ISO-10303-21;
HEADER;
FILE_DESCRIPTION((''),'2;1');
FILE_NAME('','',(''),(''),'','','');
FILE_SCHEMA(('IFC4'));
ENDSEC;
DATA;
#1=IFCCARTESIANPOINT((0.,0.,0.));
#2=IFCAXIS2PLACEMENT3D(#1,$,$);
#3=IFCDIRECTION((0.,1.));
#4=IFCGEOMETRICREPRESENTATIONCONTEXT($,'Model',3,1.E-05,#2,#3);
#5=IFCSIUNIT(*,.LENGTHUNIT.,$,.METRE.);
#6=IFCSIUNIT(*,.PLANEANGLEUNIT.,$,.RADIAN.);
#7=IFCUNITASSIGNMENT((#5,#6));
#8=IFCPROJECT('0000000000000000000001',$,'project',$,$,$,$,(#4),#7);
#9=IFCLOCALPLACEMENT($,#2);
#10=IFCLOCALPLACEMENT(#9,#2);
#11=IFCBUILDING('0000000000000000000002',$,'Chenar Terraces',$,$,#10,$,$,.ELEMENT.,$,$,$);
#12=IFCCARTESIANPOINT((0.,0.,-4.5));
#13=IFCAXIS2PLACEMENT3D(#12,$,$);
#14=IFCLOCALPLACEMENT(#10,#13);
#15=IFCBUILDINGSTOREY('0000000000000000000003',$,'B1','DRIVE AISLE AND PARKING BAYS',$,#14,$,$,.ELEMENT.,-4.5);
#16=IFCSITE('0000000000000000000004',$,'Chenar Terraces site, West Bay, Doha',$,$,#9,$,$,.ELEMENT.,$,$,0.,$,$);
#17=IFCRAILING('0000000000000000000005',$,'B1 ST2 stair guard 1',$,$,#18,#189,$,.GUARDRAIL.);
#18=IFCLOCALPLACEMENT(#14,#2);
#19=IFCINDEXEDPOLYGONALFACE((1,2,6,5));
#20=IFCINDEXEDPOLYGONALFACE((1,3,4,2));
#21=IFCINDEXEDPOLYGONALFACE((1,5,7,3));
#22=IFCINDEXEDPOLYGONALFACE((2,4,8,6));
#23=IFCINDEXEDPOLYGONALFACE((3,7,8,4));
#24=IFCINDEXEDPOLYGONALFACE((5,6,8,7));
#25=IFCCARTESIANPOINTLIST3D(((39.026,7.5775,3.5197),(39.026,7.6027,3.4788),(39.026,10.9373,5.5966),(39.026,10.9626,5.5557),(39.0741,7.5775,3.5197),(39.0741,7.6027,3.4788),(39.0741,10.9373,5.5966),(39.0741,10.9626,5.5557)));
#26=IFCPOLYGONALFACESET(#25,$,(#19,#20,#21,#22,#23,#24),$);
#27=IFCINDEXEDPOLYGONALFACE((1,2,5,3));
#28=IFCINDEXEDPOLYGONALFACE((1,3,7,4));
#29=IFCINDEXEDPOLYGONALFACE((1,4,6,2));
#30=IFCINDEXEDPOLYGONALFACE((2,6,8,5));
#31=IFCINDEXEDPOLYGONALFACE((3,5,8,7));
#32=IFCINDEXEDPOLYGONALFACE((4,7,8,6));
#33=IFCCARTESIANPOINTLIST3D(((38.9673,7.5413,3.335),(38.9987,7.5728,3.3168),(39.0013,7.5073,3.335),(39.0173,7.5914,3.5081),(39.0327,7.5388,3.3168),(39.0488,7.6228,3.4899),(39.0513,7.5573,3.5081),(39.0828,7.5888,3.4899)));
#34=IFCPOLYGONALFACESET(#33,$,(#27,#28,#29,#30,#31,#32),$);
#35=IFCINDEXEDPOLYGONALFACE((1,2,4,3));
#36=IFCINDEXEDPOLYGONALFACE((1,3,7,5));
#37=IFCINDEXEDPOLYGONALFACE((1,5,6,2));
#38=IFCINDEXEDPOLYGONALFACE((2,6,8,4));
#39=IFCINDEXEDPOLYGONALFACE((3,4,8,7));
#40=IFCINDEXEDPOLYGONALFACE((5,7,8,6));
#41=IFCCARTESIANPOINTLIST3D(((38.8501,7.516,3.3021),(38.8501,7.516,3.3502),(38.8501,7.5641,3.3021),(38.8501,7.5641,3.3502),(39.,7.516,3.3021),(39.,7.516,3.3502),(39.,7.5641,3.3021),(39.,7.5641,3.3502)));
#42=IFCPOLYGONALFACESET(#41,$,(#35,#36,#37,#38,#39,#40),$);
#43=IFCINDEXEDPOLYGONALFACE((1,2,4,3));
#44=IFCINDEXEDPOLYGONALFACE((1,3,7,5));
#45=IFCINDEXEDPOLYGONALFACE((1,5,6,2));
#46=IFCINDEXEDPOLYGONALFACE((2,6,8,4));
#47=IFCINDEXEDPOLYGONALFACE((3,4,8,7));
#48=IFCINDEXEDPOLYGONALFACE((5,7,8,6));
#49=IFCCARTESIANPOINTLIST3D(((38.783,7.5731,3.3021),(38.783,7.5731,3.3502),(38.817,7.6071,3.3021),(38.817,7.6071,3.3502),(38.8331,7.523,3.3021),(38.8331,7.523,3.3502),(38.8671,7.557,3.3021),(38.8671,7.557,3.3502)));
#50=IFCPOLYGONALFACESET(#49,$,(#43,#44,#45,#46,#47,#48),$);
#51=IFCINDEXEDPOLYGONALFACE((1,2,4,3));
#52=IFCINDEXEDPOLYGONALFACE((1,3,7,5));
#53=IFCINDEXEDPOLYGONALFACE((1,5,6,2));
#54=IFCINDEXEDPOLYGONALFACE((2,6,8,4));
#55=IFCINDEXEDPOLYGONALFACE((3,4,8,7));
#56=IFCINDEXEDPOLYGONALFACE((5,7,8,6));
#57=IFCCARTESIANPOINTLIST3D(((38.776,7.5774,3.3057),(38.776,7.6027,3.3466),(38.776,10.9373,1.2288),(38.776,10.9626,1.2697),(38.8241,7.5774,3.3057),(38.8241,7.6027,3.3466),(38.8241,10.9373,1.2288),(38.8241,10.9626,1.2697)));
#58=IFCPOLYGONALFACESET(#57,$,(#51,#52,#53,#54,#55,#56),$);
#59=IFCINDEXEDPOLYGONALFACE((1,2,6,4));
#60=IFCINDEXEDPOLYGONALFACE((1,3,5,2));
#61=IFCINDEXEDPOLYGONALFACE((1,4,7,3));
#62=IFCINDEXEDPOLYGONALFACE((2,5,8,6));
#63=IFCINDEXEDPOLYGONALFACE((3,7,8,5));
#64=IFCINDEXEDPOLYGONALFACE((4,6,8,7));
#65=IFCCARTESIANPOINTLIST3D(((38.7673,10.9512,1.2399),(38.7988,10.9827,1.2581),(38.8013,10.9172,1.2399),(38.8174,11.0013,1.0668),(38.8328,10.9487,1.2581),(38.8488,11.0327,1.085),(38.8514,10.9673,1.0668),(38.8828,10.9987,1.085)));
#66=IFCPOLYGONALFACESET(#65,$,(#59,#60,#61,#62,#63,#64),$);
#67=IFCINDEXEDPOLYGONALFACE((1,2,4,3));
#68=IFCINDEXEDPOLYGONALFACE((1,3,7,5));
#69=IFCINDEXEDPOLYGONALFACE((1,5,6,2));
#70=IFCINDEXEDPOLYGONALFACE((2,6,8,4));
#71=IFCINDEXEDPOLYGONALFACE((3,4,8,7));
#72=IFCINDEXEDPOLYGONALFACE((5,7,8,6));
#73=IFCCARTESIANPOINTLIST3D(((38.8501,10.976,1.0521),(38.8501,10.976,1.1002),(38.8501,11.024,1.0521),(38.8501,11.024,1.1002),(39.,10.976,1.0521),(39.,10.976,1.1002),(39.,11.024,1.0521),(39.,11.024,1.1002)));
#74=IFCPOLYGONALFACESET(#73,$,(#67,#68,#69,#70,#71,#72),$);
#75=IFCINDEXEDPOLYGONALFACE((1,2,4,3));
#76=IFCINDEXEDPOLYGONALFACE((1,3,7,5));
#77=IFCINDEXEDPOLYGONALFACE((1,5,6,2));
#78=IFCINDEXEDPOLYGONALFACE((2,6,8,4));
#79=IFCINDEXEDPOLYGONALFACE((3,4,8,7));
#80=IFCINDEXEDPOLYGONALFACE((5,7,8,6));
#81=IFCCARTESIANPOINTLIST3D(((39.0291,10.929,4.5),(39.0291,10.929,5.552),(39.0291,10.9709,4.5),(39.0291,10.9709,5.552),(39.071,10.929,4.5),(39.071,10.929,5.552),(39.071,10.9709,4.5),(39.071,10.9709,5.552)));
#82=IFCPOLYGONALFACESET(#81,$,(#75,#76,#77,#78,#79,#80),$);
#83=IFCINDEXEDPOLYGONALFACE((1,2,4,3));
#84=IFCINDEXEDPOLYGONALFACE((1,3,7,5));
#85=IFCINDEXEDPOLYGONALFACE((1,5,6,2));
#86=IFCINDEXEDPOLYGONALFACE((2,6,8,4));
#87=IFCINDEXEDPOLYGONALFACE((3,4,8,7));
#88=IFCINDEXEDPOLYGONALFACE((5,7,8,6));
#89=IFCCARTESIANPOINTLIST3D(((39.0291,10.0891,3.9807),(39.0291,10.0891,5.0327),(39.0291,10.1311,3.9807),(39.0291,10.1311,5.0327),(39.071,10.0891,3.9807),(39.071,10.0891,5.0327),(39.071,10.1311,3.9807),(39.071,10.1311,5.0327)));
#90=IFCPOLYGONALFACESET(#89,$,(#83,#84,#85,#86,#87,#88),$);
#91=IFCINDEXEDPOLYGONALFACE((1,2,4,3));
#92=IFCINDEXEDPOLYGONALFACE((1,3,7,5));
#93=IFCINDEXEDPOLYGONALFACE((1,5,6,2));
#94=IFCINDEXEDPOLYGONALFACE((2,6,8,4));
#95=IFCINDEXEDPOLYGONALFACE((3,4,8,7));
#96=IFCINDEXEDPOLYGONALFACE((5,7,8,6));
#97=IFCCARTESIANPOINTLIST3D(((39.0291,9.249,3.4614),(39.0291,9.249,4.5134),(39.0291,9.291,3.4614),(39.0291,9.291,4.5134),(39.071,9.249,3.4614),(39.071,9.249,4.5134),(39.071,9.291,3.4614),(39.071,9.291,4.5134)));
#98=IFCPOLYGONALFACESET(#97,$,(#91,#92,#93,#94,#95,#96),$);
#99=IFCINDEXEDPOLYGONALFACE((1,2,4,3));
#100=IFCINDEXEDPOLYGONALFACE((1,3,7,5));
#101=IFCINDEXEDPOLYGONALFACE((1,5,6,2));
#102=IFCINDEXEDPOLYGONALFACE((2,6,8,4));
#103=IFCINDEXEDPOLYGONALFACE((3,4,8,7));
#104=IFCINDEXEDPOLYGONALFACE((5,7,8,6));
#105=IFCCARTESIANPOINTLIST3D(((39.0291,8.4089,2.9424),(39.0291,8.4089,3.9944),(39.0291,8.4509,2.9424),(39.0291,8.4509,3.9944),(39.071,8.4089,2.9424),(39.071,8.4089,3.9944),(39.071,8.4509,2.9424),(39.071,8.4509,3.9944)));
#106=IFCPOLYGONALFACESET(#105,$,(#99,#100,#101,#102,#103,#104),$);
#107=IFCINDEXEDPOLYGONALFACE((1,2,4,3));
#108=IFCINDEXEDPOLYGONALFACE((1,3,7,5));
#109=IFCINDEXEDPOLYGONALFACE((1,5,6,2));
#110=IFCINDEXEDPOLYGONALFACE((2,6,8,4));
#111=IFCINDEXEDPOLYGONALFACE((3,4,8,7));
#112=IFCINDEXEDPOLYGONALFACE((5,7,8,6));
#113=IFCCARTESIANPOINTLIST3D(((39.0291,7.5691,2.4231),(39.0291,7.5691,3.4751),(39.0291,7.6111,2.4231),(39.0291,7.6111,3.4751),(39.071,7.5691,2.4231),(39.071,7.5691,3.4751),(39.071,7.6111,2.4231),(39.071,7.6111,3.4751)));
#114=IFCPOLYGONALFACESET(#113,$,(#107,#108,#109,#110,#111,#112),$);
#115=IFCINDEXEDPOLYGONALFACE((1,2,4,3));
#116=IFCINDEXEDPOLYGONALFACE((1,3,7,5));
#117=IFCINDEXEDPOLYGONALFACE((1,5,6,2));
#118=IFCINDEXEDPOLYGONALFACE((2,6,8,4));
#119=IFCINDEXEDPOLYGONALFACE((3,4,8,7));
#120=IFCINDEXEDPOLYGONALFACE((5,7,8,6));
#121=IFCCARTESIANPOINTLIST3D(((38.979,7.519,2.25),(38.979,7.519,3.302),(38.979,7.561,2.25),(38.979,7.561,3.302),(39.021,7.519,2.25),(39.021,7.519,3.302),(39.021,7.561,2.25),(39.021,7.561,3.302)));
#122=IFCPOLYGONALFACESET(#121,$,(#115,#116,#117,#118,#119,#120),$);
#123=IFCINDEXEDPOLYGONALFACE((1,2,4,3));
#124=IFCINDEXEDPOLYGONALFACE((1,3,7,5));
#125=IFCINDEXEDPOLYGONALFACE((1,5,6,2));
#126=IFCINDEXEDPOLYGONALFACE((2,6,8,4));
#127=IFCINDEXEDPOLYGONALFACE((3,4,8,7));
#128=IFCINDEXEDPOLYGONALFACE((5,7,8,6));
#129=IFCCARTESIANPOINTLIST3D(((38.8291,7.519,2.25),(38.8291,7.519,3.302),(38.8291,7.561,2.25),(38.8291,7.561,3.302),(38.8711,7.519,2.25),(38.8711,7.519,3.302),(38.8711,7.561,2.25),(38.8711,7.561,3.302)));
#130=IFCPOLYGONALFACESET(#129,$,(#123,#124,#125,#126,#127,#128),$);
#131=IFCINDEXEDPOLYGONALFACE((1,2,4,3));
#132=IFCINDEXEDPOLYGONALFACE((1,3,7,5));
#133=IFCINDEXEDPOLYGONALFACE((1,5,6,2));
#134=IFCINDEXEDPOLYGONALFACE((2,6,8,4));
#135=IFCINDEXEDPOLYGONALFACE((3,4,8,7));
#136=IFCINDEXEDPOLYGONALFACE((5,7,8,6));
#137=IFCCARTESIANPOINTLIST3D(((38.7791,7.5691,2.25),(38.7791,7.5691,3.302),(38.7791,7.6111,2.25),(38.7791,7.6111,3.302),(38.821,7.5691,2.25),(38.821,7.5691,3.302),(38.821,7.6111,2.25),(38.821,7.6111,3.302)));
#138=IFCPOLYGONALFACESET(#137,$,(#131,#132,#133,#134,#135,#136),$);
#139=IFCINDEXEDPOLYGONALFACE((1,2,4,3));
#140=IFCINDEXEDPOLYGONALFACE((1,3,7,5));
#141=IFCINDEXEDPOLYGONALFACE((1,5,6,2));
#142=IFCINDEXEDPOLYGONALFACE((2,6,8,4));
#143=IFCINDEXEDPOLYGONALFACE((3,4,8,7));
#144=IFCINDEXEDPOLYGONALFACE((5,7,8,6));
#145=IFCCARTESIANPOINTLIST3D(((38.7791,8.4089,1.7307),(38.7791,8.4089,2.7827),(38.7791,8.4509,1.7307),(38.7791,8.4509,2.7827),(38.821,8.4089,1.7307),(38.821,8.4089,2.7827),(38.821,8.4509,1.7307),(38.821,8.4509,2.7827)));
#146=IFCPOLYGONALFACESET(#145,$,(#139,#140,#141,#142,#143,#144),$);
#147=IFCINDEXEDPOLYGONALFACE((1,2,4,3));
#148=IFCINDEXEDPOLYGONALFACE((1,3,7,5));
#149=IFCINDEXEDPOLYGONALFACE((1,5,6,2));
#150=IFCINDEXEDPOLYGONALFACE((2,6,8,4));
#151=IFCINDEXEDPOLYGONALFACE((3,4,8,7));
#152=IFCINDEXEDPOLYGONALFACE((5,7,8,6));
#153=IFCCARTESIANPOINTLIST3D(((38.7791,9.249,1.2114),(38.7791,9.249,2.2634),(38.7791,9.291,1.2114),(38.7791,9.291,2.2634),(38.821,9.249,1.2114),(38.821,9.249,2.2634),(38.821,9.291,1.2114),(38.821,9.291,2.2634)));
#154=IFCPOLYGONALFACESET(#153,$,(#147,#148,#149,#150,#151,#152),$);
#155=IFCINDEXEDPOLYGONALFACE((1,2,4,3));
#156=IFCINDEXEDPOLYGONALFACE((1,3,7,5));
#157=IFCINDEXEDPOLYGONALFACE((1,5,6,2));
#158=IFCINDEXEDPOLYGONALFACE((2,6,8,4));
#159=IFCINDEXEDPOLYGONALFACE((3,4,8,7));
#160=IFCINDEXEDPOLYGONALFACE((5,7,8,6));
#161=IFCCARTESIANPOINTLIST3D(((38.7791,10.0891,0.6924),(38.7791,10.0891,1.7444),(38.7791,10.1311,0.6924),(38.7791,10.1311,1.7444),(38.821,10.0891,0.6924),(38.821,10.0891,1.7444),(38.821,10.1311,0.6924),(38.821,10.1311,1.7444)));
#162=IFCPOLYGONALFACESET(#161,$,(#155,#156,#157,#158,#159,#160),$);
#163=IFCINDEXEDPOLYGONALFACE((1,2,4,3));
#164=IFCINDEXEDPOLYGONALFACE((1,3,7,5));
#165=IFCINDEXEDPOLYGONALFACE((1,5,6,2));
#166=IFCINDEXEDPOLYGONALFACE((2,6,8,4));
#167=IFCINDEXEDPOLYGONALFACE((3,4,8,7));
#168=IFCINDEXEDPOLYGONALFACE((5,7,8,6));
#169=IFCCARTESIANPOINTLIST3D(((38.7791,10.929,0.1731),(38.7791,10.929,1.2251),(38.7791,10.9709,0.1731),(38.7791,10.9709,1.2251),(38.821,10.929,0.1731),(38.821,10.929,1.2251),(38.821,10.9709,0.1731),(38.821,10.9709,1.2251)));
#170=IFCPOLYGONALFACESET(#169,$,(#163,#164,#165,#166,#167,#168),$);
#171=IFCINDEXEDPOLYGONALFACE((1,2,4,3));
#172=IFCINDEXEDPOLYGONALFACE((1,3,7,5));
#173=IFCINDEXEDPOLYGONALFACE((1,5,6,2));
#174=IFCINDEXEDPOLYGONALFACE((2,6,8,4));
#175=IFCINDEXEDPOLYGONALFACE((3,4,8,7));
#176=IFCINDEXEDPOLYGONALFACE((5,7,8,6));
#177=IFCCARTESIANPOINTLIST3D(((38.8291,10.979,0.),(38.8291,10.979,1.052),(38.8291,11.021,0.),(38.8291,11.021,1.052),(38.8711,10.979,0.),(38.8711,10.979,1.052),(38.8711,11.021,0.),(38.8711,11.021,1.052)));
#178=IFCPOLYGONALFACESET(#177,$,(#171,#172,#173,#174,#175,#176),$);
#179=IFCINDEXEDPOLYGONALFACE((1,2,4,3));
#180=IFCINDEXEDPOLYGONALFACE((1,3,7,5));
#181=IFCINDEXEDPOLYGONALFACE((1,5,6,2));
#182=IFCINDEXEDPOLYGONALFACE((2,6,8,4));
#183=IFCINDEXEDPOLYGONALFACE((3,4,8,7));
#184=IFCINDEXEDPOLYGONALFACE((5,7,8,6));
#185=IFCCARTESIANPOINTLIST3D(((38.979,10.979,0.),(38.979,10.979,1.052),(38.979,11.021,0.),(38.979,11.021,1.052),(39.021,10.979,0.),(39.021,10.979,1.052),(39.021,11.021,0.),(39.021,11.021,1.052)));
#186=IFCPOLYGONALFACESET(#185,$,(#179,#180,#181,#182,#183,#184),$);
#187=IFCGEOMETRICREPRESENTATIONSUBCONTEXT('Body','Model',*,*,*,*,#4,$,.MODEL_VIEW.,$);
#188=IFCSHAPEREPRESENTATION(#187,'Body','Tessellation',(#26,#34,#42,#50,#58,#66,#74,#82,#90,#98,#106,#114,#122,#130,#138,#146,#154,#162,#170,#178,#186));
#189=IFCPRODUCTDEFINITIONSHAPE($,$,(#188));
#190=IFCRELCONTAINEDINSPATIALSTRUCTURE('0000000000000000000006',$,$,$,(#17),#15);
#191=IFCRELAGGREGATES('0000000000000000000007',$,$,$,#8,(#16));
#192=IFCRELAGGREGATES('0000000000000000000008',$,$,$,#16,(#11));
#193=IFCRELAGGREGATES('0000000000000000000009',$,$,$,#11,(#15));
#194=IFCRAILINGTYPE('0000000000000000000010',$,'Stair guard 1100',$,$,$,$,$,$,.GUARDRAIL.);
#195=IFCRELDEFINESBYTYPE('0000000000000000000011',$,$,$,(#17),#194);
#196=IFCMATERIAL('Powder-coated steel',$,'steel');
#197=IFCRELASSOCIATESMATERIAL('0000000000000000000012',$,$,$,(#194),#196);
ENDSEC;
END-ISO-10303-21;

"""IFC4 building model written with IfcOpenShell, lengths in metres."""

from ifc_helpers import new_model, si_unit, direction, frame, origin, origin_2d, place, context, subcontext, project, spatial, rectangle, extrude, material, type_object, element, save


model = new_model("IFC4")

# Units and contexts
model_context = context("Model", 3, precision=1e-05, world=origin(), true_north=direction((0.0, 1.0)))
body_context = subcontext(model_context, "Body", "Model", "MODEL_VIEW")
ifc_project = project(units=[si_unit("LENGTHUNIT", "METRE"), si_unit("PLANEANGLEUNIT", "RADIAN")], contexts=[model_context])

# Site, building, storey
site_placement = place(None, origin())
site = spatial("IfcSite", under=ifc_project, at=site_placement, Name="Chenar Terraces site, West Bay, Doha", CompositionType="ELEMENT", RefElevation=0.0)
building_placement = place(site_placement, origin())
building = spatial("IfcBuilding", under=site, at=building_placement, Name="Chenar Terraces", CompositionType="ELEMENT")
storey_placement = place(building_placement, frame((0.0, 0.0, -4.5)))
storey = spatial("IfcBuildingStorey", under=building, at=storey_placement, Name="B1", Description="DRIVE AISLE AND PARKING BAYS", CompositionType="ELEMENT", Elevation=-4.5)

# Railing
ifc_material_1 = material(Name="Powder-coated steel", Category="steel")
railing_type = type_object("IfcRailingType", Name="Stair guard 1100", PredefinedType="GUARDRAIL", material=ifc_material_1)
railing_1_placement = place(storey_placement, frame((39.05, 10.95, 4.5)))
element("IfcRailing", 1, at=railing_1_placement, inside=storey, type_object=railing_type, Name="B1 ST2 stair guard 1", PredefinedType="GUARDRAIL", context=body_context, shape_type="SweptSolid", body=[
    extrude(rectangle(XDim=0.0481, YDim=0.0481, at=origin_2d()), frame((0.0, 0.0, 1.0762), z_axis=(0.0, -0.850606, -0.525803), x_axis=(1.0, 0.0, 0.0)), (0.0, 0.0, 1.0), 3.95),
    extrude(rectangle(XDim=0.0481, YDim=0.0481, at=origin_2d()), frame((0.0, -3.3599, -1.001), z_axis=(-0.26763, -0.26763, -0.925607), x_axis=(0.707107, -0.707107, 0.0)), (0.0, 0.0, 1.0), 0.187),
    extrude(rectangle(XDim=0.0481, YDim=0.0481, at=origin_2d()), frame((-0.05, -3.4099, -1.1738), z_axis=(-1.0, 0.0, 0.0), x_axis=(0.0, -1.0, 0.0)), (0.0, 0.0, 1.0), 0.1499),
    extrude(rectangle(XDim=0.0481, YDim=0.0481, at=origin_2d()), frame((-0.2, -3.4099, -1.1738), z_axis=(-0.707107, 0.707107, 0.0), x_axis=(-0.707107, -0.707107, 0.0)), (0.0, 0.0, 1.0), 0.0708),
    extrude(rectangle(XDim=0.0481, YDim=0.0481, at=origin_2d()), frame((-0.25, -3.3599, -1.1738), z_axis=(0.0, 0.850606, -0.525803), x_axis=(-1.0, 0.0, 0.0)), (0.0, 0.0, 1.0), 3.95),
    extrude(rectangle(XDim=0.0481, YDim=0.0481, at=origin_2d()), frame((-0.25, 0.0, -3.251), z_axis=(0.26763, 0.26763, -0.925607), x_axis=(-0.707107, 0.707107, 0.0)), (0.0, 0.0, 1.0), 0.187),
    extrude(rectangle(XDim=0.0481, YDim=0.0481, at=origin_2d()), frame((-0.2, 0.05, -3.4238), z_axis=(1.0, 0.0, 0.0), x_axis=(0.0, 1.0, 0.0)), (0.0, 0.0, 1.0), 0.1499),
    extrude(rectangle(XDim=0.042, YDim=0.042, at=origin_2d()), origin(), (0.0, 0.0, 1.0), 1.052),
    extrude(rectangle(XDim=0.042, YDim=0.042, at=origin_2d()), frame((0.0, -0.8398, -0.5193)), (0.0, 0.0, 1.0), 1.052),
    extrude(rectangle(XDim=0.042, YDim=0.042, at=origin_2d()), frame((0.0, -1.6799, -1.0386)), (0.0, 0.0, 1.0), 1.052),
    extrude(rectangle(XDim=0.042, YDim=0.042, at=origin_2d()), frame((0.0, -2.52, -1.5576)), (0.0, 0.0, 1.0), 1.052),
    extrude(rectangle(XDim=0.042, YDim=0.042, at=origin_2d()), frame((0.0, -3.3599, -2.0769)), (0.0, 0.0, 1.0), 1.052),
    extrude(rectangle(XDim=0.042, YDim=0.042, at=origin_2d()), frame((-0.05, -3.4099, -2.25)), (0.0, 0.0, 1.0), 1.052),
    extrude(rectangle(XDim=0.042, YDim=0.042, at=origin_2d()), frame((-0.2, -3.4099, -2.25)), (0.0, 0.0, 1.0), 1.052),
    extrude(rectangle(XDim=0.042, YDim=0.042, at=origin_2d()), frame((-0.25, -3.3599, -2.25)), (0.0, 0.0, 1.0), 1.052),
    extrude(rectangle(XDim=0.042, YDim=0.042, at=origin_2d()), frame((-0.25, -2.52, -2.7693)), (0.0, 0.0, 1.0), 1.052),
    extrude(rectangle(XDim=0.042, YDim=0.042, at=origin_2d()), frame((-0.25, -1.6799, -3.2886)), (0.0, 0.0, 1.0), 1.052),
    extrude(rectangle(XDim=0.042, YDim=0.042, at=origin_2d()), frame((-0.25, -0.8398, -3.8076)), (0.0, 0.0, 1.0), 1.052),
    extrude(rectangle(XDim=0.042, YDim=0.042, at=origin_2d()), frame((-0.25, 0.0, -4.3269)), (0.0, 0.0, 1.0), 1.052),
    extrude(rectangle(XDim=0.042, YDim=0.042, at=origin_2d()), frame((-0.2, 0.05, -4.5)), (0.0, 0.0, 1.0), 1.052),
    extrude(rectangle(XDim=0.042, YDim=0.042, at=origin_2d()), frame((-0.05, 0.05, -4.5)), (0.0, 0.0, 1.0), 1.052),
])

save(model, "model.ifc")
